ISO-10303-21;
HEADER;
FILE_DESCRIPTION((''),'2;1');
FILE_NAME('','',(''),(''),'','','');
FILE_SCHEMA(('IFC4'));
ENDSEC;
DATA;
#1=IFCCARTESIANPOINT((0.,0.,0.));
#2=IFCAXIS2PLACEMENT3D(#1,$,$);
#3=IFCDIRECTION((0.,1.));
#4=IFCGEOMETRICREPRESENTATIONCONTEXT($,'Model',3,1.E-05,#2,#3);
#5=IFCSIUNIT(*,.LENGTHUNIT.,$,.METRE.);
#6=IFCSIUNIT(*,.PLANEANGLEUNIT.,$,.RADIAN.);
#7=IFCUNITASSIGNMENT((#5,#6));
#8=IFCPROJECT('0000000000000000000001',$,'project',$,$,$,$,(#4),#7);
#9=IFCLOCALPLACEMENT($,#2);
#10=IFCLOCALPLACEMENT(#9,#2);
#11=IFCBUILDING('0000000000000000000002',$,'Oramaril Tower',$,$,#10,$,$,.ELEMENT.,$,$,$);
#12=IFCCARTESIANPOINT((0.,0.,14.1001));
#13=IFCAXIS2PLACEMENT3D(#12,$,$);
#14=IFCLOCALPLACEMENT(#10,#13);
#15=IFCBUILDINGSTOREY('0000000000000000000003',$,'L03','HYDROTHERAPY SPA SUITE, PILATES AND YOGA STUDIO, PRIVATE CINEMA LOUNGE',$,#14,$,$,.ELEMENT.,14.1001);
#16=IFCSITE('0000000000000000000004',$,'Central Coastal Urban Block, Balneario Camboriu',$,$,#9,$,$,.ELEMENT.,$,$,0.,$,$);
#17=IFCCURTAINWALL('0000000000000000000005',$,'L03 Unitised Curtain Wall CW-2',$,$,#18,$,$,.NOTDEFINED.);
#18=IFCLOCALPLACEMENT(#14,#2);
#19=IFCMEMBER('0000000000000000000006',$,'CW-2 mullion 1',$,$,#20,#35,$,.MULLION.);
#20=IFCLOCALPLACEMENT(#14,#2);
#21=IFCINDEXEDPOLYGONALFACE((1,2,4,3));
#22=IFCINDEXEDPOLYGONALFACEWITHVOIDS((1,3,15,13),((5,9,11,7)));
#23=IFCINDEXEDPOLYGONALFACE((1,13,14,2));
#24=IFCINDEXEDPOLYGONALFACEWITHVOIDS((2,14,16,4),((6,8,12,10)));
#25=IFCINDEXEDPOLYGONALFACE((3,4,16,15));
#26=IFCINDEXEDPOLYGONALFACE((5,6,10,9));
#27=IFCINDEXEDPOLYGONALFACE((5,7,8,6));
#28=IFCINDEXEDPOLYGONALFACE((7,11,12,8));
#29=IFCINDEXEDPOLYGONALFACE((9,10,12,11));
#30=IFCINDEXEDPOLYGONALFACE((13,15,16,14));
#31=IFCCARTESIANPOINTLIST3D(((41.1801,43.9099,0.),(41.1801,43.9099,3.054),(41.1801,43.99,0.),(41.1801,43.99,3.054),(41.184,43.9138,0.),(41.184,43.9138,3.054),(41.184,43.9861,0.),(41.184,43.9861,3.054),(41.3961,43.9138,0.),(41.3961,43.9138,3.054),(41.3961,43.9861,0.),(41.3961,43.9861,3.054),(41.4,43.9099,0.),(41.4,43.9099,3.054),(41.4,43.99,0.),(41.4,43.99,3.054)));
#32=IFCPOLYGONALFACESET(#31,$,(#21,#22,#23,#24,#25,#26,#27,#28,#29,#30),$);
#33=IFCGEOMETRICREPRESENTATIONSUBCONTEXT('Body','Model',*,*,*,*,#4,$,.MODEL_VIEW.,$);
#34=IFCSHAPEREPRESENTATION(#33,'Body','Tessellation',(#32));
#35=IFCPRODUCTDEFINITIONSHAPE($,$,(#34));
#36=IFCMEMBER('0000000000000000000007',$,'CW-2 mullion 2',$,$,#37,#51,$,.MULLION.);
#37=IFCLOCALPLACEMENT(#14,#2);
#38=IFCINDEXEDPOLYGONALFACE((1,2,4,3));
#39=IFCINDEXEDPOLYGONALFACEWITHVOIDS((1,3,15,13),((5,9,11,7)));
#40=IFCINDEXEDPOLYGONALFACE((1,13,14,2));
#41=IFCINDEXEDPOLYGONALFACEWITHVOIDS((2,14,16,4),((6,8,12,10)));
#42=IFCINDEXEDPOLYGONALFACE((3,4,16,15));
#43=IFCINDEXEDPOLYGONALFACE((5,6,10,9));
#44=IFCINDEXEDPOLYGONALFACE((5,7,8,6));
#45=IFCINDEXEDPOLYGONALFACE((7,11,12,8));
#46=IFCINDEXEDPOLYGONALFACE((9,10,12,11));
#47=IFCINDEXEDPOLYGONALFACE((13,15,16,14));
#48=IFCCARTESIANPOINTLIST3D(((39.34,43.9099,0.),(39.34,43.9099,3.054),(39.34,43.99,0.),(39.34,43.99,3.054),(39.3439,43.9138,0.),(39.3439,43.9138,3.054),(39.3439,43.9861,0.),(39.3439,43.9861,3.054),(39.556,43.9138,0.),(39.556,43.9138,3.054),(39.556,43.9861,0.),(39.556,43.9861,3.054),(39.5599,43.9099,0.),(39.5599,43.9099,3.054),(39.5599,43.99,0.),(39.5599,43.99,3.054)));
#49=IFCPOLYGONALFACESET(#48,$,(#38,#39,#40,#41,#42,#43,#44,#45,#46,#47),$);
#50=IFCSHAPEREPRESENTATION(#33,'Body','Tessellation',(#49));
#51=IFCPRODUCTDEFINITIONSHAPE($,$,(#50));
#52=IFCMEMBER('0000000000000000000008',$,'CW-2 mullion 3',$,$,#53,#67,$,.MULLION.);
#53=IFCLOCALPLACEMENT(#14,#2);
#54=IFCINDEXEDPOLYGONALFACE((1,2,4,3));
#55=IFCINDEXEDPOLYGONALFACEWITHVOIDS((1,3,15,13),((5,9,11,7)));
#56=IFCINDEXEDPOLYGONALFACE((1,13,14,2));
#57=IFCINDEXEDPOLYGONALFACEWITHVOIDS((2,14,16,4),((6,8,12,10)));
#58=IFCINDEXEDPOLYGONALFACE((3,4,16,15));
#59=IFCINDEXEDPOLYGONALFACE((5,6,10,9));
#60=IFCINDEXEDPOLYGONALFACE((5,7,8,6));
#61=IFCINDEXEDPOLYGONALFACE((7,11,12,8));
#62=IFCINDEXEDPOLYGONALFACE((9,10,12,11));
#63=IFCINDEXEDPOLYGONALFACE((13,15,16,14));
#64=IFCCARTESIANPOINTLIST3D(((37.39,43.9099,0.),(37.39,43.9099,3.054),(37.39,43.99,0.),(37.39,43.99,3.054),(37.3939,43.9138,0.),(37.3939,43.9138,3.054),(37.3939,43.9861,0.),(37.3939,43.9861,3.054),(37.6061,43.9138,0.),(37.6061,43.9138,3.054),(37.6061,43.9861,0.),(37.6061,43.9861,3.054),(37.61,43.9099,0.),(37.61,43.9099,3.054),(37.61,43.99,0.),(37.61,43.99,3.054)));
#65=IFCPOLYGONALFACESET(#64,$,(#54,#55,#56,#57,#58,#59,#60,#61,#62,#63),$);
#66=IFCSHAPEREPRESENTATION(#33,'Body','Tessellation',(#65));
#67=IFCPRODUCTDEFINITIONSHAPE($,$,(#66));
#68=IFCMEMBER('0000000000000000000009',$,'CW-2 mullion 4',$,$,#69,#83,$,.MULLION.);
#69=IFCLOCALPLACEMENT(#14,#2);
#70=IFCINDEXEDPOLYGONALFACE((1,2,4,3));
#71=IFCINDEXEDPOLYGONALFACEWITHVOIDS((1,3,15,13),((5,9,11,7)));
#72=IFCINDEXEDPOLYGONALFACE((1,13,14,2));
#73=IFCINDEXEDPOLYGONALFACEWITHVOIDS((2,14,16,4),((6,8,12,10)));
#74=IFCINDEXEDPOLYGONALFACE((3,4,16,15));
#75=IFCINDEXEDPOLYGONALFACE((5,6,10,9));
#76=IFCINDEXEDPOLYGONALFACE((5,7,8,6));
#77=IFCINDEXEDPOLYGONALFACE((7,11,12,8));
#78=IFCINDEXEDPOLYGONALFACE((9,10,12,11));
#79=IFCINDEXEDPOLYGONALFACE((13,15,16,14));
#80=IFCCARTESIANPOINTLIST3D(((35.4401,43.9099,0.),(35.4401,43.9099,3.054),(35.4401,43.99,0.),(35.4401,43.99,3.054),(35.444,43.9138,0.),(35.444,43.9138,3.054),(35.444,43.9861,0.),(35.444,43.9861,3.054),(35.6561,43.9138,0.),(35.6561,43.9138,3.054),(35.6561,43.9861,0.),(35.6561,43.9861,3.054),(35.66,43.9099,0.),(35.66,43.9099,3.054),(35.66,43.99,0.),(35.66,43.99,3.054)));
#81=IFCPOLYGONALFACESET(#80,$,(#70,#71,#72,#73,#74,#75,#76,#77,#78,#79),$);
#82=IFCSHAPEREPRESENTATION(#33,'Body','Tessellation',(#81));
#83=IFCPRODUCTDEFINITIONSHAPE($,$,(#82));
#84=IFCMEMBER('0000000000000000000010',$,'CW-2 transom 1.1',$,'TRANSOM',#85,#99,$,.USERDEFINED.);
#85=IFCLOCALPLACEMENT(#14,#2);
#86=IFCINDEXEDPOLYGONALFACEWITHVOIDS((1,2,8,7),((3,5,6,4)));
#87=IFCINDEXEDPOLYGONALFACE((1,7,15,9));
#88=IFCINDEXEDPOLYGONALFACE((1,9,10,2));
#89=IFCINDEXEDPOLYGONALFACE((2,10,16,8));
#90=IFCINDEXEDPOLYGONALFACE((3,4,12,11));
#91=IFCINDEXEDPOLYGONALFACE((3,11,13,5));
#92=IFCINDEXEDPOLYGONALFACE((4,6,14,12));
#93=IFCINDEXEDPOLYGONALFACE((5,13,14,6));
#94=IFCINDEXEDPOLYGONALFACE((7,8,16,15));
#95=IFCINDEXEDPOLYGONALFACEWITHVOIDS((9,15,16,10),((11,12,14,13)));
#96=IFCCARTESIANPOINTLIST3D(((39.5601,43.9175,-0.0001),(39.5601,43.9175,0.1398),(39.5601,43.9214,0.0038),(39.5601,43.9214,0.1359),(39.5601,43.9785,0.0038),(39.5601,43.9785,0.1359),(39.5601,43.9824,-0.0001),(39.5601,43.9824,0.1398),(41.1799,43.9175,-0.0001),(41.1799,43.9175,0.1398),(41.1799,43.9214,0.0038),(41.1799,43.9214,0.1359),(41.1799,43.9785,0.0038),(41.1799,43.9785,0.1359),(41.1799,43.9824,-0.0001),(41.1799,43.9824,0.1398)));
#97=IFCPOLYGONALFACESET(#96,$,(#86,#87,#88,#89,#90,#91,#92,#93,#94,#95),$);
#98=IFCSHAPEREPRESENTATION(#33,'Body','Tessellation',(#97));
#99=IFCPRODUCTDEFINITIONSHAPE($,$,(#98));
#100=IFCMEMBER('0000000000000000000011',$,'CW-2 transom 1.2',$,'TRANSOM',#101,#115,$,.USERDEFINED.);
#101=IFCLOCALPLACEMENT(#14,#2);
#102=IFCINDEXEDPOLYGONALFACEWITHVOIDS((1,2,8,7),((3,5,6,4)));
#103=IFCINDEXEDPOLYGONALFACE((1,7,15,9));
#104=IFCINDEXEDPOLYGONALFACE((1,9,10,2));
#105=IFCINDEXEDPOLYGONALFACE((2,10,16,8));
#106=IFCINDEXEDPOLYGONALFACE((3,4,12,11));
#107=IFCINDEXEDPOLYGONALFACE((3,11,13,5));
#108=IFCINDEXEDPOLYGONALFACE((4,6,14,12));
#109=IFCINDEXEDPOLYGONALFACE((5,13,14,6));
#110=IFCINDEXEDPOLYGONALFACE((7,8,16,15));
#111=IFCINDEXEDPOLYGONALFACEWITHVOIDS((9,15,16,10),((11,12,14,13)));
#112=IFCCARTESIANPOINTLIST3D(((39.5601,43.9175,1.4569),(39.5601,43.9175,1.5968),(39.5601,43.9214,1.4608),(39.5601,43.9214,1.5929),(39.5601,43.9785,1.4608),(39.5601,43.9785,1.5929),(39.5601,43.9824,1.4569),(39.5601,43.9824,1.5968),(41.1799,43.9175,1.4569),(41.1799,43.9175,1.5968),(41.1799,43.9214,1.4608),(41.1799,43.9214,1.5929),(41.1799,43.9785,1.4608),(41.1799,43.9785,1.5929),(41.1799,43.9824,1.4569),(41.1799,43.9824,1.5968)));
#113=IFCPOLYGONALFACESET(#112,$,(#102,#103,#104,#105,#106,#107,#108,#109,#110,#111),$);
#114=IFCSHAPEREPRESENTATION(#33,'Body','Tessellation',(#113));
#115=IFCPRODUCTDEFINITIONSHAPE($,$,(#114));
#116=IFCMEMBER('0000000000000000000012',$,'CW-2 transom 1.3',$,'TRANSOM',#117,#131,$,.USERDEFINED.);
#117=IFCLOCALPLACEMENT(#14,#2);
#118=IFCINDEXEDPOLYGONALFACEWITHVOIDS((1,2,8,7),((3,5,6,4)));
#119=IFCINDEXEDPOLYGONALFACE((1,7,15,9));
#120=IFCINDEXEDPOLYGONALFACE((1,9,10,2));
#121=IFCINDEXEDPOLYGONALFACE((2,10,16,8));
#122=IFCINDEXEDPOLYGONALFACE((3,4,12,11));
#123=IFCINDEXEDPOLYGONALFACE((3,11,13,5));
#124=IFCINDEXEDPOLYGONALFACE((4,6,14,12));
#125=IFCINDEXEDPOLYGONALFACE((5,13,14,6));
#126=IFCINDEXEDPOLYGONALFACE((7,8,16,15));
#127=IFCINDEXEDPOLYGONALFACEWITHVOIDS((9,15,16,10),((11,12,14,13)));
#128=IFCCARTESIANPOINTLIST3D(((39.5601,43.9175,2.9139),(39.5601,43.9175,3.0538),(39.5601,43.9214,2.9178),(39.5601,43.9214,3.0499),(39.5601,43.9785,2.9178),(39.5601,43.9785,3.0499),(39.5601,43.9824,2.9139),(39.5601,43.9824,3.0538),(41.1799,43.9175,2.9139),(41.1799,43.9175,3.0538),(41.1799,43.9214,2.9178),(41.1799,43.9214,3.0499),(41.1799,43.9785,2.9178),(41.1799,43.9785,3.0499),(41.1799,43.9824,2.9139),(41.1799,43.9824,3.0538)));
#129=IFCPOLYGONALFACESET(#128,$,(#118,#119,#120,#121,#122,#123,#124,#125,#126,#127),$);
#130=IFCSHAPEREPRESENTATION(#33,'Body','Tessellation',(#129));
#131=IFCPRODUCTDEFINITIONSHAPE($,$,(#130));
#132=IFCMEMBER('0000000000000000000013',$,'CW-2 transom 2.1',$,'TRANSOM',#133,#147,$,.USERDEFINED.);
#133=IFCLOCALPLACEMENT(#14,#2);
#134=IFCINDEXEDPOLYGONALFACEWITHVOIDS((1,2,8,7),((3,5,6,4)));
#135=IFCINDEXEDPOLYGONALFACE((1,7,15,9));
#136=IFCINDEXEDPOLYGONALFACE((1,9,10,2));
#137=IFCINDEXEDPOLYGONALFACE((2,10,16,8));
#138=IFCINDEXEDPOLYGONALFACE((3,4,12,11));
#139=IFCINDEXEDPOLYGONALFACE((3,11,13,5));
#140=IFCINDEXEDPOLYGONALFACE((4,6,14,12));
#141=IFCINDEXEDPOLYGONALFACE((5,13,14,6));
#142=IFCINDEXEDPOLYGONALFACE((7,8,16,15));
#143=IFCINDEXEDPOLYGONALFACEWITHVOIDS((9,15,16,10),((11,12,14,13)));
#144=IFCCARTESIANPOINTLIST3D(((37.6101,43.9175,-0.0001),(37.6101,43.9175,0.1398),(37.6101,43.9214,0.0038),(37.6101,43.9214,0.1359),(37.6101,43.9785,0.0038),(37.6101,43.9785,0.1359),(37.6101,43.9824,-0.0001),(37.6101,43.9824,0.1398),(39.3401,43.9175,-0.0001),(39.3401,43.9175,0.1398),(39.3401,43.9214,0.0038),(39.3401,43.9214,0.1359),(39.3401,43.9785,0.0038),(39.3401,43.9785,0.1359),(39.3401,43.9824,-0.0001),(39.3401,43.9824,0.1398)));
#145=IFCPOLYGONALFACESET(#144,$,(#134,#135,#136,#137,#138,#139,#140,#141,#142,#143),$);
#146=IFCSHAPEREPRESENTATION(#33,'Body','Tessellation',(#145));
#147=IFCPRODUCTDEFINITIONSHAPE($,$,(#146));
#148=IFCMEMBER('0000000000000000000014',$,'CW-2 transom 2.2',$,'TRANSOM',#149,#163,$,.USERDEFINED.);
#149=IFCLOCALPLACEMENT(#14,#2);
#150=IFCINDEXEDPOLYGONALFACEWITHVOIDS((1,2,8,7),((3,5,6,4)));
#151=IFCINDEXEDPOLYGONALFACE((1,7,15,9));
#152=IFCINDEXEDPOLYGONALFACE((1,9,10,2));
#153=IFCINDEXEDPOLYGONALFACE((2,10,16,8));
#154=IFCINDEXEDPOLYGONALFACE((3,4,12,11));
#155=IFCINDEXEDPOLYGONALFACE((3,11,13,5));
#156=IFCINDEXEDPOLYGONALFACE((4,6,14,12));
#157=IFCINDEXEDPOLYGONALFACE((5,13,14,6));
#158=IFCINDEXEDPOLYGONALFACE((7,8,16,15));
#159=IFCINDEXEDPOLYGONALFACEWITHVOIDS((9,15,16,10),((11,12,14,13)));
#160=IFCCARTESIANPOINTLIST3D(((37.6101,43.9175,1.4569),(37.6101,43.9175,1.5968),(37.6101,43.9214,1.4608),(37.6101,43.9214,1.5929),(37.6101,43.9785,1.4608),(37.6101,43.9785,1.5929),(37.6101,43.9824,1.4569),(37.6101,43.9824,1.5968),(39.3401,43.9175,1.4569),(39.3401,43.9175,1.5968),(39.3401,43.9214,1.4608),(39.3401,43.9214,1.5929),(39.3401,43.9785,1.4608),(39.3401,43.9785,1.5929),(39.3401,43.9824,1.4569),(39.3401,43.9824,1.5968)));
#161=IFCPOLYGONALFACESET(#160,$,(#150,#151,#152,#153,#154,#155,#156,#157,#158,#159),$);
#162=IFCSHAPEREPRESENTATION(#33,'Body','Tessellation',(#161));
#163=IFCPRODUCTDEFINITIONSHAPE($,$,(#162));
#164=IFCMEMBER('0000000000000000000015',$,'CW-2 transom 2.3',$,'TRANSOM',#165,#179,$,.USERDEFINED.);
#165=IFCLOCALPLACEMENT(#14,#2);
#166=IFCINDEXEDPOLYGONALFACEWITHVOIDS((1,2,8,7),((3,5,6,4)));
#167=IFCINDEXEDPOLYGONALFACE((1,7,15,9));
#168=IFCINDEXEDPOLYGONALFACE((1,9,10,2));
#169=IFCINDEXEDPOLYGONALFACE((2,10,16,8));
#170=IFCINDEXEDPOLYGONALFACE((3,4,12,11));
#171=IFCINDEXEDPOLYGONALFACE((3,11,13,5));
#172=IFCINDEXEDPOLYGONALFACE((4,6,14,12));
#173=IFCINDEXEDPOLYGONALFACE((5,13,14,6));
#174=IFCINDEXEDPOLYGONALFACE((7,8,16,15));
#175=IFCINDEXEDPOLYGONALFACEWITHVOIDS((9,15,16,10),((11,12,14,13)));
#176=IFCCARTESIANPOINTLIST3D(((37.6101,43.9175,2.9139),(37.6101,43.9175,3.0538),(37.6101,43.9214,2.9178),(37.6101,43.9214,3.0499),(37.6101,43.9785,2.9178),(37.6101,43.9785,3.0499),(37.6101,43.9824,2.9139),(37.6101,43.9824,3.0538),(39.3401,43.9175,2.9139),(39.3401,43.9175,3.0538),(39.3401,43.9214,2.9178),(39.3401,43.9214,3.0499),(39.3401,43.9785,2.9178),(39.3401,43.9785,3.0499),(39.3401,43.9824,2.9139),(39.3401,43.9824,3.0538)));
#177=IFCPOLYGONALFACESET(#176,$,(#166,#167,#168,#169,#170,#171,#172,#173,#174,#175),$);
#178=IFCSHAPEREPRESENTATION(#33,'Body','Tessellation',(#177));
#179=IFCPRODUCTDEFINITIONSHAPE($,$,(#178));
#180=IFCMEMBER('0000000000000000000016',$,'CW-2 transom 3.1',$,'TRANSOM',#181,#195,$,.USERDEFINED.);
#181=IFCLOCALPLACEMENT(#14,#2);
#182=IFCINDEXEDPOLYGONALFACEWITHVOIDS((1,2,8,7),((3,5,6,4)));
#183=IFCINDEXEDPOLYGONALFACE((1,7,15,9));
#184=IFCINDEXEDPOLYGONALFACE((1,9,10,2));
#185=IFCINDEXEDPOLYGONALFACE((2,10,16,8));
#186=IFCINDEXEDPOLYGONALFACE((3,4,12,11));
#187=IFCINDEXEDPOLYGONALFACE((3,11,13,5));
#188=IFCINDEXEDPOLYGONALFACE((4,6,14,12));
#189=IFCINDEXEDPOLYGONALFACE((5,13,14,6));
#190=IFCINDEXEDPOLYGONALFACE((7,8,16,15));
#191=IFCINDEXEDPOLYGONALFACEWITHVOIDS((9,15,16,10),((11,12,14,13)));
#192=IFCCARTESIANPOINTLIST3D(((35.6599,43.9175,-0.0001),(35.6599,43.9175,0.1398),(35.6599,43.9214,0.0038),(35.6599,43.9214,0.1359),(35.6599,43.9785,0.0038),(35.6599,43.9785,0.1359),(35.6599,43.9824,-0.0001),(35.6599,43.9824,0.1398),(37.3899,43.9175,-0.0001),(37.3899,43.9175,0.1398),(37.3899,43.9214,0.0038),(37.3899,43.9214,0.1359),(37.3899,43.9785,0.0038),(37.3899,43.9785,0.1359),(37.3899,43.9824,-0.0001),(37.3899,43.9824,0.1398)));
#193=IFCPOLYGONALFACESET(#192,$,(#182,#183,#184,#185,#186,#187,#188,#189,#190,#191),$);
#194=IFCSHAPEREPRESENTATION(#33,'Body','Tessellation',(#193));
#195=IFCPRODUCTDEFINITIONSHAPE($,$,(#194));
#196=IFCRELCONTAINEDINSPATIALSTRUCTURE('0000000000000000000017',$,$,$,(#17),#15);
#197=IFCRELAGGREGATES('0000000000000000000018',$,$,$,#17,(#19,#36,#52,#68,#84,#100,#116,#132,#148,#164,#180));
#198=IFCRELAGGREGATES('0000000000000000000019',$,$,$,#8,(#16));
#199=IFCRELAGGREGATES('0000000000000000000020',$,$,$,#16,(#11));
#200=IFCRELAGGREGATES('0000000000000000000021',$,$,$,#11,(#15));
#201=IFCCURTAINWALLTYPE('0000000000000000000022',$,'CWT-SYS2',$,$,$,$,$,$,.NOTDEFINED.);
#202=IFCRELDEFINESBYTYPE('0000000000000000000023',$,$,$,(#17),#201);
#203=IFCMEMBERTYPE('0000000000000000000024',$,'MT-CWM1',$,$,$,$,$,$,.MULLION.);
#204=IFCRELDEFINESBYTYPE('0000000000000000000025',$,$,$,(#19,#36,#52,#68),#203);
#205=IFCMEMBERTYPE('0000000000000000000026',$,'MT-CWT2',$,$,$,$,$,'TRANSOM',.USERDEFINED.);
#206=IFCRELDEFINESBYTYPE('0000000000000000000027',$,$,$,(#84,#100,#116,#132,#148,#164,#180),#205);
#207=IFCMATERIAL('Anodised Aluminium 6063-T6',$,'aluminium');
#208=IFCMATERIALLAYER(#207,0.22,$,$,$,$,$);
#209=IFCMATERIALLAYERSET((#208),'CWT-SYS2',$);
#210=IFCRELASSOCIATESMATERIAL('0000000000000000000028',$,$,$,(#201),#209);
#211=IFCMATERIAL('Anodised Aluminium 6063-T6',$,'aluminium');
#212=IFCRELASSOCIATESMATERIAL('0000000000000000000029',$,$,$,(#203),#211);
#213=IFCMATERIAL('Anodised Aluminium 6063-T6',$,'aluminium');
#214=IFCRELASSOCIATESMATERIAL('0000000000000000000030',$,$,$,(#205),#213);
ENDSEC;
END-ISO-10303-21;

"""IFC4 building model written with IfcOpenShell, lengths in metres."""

from ifc_helpers import new_model, si_unit, direction, frame, origin, origin_2d, place, context, subcontext, project, spatial, hollow_rectangle, extrude, material, layer, layer_set, material_profile, profile_set, type_object, element, aggregate, save


model = new_model("IFC4")

# Units and contexts
model_context = context("Model", 3, precision=1e-05, world=origin(), true_north=direction((0.0, 1.0)))
body_context = subcontext(model_context, "Body", "Model", "MODEL_VIEW")
ifc_project = project(units=[si_unit("LENGTHUNIT", "METRE"), si_unit("PLANEANGLEUNIT", "RADIAN")], contexts=[model_context])

# Site, building, storey
site_placement = place(None, origin())
site = spatial("IfcSite", under=ifc_project, at=site_placement, Name="Central Coastal Urban Block, Balneario Camboriu", CompositionType="ELEMENT", RefElevation=0.0)
building_placement = place(site_placement, origin())
building = spatial("IfcBuilding", under=site, at=building_placement, Name="Oramaril Tower", CompositionType="ELEMENT")
storey_placement = place(building_placement, frame((0.0, 0.0, 14.1001)))
storey = spatial("IfcBuildingStorey", under=building, at=storey_placement, Name="L03", Description="HYDROTHERAPY SPA SUITE, PILATES AND YOGA STUDIO, PRIVATE CINEMA LOUNGE", CompositionType="ELEMENT", Elevation=14.1001)

# Curtain wall, members
ifc_material_1 = material(Name="Anodised Aluminium 6063-T6", Category="aluminium")
ifc_layer_1 = layer(ifc_material_1, 0.22)
ifc_layer_set_1 = layer_set([ifc_layer_1], Name="CWT-SYS2")
curtain_wall_type = type_object("IfcCurtainWallType", Name="CWT-SYS2", PredefinedType="NOTDEFINED", material=ifc_layer_set_1)
curtain_wall_placement = place(storey_placement, origin())
curtain_wall = element("IfcCurtainWall", 1, at=curtain_wall_placement, inside=storey, type_object=curtain_wall_type, Name="L03 Unitised Curtain Wall CW-2", PredefinedType="NOTDEFINED")
ifc_material_2 = material(Name="Anodised Aluminium 6063-T6", Category="aluminium")
ifc_material_profile_1 = material_profile(ifc_material_2, hollow_rectangle(XDim=0.0801, YDim=0.22, WallThickness=0.0039, at=origin_2d()), Name="CWM220X80")
ifc_profile_set_1 = profile_set([ifc_material_profile_1], Name="Anodised Aluminium 6063-T6")
member_type_1 = type_object("IfcMemberType", Name="MT-CWM1", PredefinedType="MULLION", material=ifc_profile_set_1)
member_1_placement = place(storey_placement, frame((41.29, 43.95, 0.0), z_axis=(0.0, 0.0, 1.0), x_axis=(0.0, -1.0, 0.0)))
member_1 = element("IfcMember", 2, at=member_1_placement, type_object=member_type_1, Name="CW-2 mullion 1", PredefinedType="MULLION", context=body_context, shape_type="SweptSolid", body=[
    extrude(hollow_rectangle(XDim=0.0801, YDim=0.22, WallThickness=0.0039, at=origin_2d()), origin(), (0.0, 0.0, 1.0), 3.054),
])
member_2_placement = place(storey_placement, frame((39.45, 43.95, 0.0), z_axis=(0.0, 0.0, 1.0), x_axis=(0.0, -1.0, 0.0)))
member_2 = element("IfcMember", 3, at=member_2_placement, type_object=member_type_1, Name="CW-2 mullion 2", PredefinedType="MULLION", context=body_context, shape_type="SweptSolid", body=[
    extrude(hollow_rectangle(XDim=0.0801, YDim=0.22, WallThickness=0.0039, at=origin_2d()), origin(), (0.0, 0.0, 1.0), 3.054),
])
member_3_placement = place(storey_placement, frame((37.5, 43.95, 0.0), z_axis=(0.0, 0.0, 1.0), x_axis=(0.0, -1.0, 0.0)))
member_3 = element("IfcMember", 4, at=member_3_placement, type_object=member_type_1, Name="CW-2 mullion 3", PredefinedType="MULLION", context=body_context, shape_type="SweptSolid", body=[
    extrude(hollow_rectangle(XDim=0.0801, YDim=0.22, WallThickness=0.0039, at=origin_2d()), origin(), (0.0, 0.0, 1.0), 3.054),
])
member_4_placement = place(storey_placement, frame((35.55, 43.95, 0.0), z_axis=(0.0, 0.0, 1.0), x_axis=(0.0, -1.0, 0.0)))
member_4 = element("IfcMember", 5, at=member_4_placement, type_object=member_type_1, Name="CW-2 mullion 4", PredefinedType="MULLION", context=body_context, shape_type="SweptSolid", body=[
    extrude(hollow_rectangle(XDim=0.0801, YDim=0.22, WallThickness=0.0039, at=origin_2d()), origin(), (0.0, 0.0, 1.0), 3.054),
])
ifc_material_3 = material(Name="Anodised Aluminium 6063-T6", Category="aluminium")
ifc_material_profile_2 = material_profile(ifc_material_3, hollow_rectangle(XDim=0.0649, YDim=0.1399, WallThickness=0.0039, at=origin_2d()), Name="CWT140X65")
ifc_profile_set_2 = profile_set([ifc_material_profile_2], Name="Anodised Aluminium 6063-T6")
member_type_2 = type_object("IfcMemberType", Name="MT-CWT2", ElementType="TRANSOM", PredefinedType="USERDEFINED", material=ifc_profile_set_2)
member_5_placement = place(storey_placement, frame((41.1799, 43.95, 0.0698), z_axis=(-1.0, 0.0, 0.0), x_axis=(0.0, -1.0, 0.0)))
member_5 = element("IfcMember", 6, at=member_5_placement, type_object=member_type_2, Name="CW-2 transom 1.1", ObjectType="TRANSOM", PredefinedType="USERDEFINED", context=body_context, shape_type="SweptSolid", body=[
    extrude(hollow_rectangle(XDim=0.0649, YDim=0.1399, WallThickness=0.0039, at=origin_2d()), origin(), (0.0, 0.0, 1.0), 1.6199),
])
member_6_placement = place(storey_placement, frame((41.1799, 43.95, 1.5269), z_axis=(-1.0, 0.0, 0.0), x_axis=(0.0, -1.0, 0.0)))
member_6 = element("IfcMember", 7, at=member_6_placement, type_object=member_type_2, Name="CW-2 transom 1.2", ObjectType="TRANSOM", PredefinedType="USERDEFINED", context=body_context, shape_type="SweptSolid", body=[
    extrude(hollow_rectangle(XDim=0.0649, YDim=0.1399, WallThickness=0.0039, at=origin_2d()), origin(), (0.0, 0.0, 1.0), 1.6199),
])
member_7_placement = place(storey_placement, frame((41.1799, 43.95, 2.9839), z_axis=(-1.0, 0.0, 0.0), x_axis=(0.0, -1.0, 0.0)))
member_7 = element("IfcMember", 8, at=member_7_placement, type_object=member_type_2, Name="CW-2 transom 1.3", ObjectType="TRANSOM", PredefinedType="USERDEFINED", context=body_context, shape_type="SweptSolid", body=[
    extrude(hollow_rectangle(XDim=0.0649, YDim=0.1399, WallThickness=0.0039, at=origin_2d()), origin(), (0.0, 0.0, 1.0), 1.6199),
])
member_8_placement = place(storey_placement, frame((39.3401, 43.95, 0.0698), z_axis=(-1.0, 0.0, 0.0), x_axis=(0.0, -1.0, 0.0)))
member_8 = element("IfcMember", 9, at=member_8_placement, type_object=member_type_2, Name="CW-2 transom 2.1", ObjectType="TRANSOM", PredefinedType="USERDEFINED", context=body_context, shape_type="SweptSolid", body=[
    extrude(hollow_rectangle(XDim=0.0649, YDim=0.1399, WallThickness=0.0039, at=origin_2d()), origin(), (0.0, 0.0, 1.0), 1.73),
])
member_9_placement = place(storey_placement, frame((39.3401, 43.95, 1.5269), z_axis=(-1.0, 0.0, 0.0), x_axis=(0.0, -1.0, 0.0)))
member_9 = element("IfcMember", 10, at=member_9_placement, type_object=member_type_2, Name="CW-2 transom 2.2", ObjectType="TRANSOM", PredefinedType="USERDEFINED", context=body_context, shape_type="SweptSolid", body=[
    extrude(hollow_rectangle(XDim=0.0649, YDim=0.1399, WallThickness=0.0039, at=origin_2d()), origin(), (0.0, 0.0, 1.0), 1.73),
])
member_10_placement = place(storey_placement, frame((39.3401, 43.95, 2.9839), z_axis=(-1.0, 0.0, 0.0), x_axis=(0.0, -1.0, 0.0)))
member_10 = element("IfcMember", 11, at=member_10_placement, type_object=member_type_2, Name="CW-2 transom 2.3", ObjectType="TRANSOM", PredefinedType="USERDEFINED", context=body_context, shape_type="SweptSolid", body=[
    extrude(hollow_rectangle(XDim=0.0649, YDim=0.1399, WallThickness=0.0039, at=origin_2d()), origin(), (0.0, 0.0, 1.0), 1.73),
])
member_11_placement = place(storey_placement, frame((37.3899, 43.95, 0.0698), z_axis=(-1.0, 0.0, 0.0), x_axis=(0.0, -1.0, 0.0)))
member_11 = element("IfcMember", 12, at=member_11_placement, type_object=member_type_2, Name="CW-2 transom 3.1", ObjectType="TRANSOM", PredefinedType="USERDEFINED", context=body_context, shape_type="SweptSolid", body=[
    extrude(hollow_rectangle(XDim=0.0649, YDim=0.1399, WallThickness=0.0039, at=origin_2d()), origin(), (0.0, 0.0, 1.0), 1.73),
])
aggregate(curtain_wall, [member_1, member_2, member_3, member_4, member_5, member_6, member_7, member_8, member_9, member_10, member_11])

save(model, "model.ifc")
